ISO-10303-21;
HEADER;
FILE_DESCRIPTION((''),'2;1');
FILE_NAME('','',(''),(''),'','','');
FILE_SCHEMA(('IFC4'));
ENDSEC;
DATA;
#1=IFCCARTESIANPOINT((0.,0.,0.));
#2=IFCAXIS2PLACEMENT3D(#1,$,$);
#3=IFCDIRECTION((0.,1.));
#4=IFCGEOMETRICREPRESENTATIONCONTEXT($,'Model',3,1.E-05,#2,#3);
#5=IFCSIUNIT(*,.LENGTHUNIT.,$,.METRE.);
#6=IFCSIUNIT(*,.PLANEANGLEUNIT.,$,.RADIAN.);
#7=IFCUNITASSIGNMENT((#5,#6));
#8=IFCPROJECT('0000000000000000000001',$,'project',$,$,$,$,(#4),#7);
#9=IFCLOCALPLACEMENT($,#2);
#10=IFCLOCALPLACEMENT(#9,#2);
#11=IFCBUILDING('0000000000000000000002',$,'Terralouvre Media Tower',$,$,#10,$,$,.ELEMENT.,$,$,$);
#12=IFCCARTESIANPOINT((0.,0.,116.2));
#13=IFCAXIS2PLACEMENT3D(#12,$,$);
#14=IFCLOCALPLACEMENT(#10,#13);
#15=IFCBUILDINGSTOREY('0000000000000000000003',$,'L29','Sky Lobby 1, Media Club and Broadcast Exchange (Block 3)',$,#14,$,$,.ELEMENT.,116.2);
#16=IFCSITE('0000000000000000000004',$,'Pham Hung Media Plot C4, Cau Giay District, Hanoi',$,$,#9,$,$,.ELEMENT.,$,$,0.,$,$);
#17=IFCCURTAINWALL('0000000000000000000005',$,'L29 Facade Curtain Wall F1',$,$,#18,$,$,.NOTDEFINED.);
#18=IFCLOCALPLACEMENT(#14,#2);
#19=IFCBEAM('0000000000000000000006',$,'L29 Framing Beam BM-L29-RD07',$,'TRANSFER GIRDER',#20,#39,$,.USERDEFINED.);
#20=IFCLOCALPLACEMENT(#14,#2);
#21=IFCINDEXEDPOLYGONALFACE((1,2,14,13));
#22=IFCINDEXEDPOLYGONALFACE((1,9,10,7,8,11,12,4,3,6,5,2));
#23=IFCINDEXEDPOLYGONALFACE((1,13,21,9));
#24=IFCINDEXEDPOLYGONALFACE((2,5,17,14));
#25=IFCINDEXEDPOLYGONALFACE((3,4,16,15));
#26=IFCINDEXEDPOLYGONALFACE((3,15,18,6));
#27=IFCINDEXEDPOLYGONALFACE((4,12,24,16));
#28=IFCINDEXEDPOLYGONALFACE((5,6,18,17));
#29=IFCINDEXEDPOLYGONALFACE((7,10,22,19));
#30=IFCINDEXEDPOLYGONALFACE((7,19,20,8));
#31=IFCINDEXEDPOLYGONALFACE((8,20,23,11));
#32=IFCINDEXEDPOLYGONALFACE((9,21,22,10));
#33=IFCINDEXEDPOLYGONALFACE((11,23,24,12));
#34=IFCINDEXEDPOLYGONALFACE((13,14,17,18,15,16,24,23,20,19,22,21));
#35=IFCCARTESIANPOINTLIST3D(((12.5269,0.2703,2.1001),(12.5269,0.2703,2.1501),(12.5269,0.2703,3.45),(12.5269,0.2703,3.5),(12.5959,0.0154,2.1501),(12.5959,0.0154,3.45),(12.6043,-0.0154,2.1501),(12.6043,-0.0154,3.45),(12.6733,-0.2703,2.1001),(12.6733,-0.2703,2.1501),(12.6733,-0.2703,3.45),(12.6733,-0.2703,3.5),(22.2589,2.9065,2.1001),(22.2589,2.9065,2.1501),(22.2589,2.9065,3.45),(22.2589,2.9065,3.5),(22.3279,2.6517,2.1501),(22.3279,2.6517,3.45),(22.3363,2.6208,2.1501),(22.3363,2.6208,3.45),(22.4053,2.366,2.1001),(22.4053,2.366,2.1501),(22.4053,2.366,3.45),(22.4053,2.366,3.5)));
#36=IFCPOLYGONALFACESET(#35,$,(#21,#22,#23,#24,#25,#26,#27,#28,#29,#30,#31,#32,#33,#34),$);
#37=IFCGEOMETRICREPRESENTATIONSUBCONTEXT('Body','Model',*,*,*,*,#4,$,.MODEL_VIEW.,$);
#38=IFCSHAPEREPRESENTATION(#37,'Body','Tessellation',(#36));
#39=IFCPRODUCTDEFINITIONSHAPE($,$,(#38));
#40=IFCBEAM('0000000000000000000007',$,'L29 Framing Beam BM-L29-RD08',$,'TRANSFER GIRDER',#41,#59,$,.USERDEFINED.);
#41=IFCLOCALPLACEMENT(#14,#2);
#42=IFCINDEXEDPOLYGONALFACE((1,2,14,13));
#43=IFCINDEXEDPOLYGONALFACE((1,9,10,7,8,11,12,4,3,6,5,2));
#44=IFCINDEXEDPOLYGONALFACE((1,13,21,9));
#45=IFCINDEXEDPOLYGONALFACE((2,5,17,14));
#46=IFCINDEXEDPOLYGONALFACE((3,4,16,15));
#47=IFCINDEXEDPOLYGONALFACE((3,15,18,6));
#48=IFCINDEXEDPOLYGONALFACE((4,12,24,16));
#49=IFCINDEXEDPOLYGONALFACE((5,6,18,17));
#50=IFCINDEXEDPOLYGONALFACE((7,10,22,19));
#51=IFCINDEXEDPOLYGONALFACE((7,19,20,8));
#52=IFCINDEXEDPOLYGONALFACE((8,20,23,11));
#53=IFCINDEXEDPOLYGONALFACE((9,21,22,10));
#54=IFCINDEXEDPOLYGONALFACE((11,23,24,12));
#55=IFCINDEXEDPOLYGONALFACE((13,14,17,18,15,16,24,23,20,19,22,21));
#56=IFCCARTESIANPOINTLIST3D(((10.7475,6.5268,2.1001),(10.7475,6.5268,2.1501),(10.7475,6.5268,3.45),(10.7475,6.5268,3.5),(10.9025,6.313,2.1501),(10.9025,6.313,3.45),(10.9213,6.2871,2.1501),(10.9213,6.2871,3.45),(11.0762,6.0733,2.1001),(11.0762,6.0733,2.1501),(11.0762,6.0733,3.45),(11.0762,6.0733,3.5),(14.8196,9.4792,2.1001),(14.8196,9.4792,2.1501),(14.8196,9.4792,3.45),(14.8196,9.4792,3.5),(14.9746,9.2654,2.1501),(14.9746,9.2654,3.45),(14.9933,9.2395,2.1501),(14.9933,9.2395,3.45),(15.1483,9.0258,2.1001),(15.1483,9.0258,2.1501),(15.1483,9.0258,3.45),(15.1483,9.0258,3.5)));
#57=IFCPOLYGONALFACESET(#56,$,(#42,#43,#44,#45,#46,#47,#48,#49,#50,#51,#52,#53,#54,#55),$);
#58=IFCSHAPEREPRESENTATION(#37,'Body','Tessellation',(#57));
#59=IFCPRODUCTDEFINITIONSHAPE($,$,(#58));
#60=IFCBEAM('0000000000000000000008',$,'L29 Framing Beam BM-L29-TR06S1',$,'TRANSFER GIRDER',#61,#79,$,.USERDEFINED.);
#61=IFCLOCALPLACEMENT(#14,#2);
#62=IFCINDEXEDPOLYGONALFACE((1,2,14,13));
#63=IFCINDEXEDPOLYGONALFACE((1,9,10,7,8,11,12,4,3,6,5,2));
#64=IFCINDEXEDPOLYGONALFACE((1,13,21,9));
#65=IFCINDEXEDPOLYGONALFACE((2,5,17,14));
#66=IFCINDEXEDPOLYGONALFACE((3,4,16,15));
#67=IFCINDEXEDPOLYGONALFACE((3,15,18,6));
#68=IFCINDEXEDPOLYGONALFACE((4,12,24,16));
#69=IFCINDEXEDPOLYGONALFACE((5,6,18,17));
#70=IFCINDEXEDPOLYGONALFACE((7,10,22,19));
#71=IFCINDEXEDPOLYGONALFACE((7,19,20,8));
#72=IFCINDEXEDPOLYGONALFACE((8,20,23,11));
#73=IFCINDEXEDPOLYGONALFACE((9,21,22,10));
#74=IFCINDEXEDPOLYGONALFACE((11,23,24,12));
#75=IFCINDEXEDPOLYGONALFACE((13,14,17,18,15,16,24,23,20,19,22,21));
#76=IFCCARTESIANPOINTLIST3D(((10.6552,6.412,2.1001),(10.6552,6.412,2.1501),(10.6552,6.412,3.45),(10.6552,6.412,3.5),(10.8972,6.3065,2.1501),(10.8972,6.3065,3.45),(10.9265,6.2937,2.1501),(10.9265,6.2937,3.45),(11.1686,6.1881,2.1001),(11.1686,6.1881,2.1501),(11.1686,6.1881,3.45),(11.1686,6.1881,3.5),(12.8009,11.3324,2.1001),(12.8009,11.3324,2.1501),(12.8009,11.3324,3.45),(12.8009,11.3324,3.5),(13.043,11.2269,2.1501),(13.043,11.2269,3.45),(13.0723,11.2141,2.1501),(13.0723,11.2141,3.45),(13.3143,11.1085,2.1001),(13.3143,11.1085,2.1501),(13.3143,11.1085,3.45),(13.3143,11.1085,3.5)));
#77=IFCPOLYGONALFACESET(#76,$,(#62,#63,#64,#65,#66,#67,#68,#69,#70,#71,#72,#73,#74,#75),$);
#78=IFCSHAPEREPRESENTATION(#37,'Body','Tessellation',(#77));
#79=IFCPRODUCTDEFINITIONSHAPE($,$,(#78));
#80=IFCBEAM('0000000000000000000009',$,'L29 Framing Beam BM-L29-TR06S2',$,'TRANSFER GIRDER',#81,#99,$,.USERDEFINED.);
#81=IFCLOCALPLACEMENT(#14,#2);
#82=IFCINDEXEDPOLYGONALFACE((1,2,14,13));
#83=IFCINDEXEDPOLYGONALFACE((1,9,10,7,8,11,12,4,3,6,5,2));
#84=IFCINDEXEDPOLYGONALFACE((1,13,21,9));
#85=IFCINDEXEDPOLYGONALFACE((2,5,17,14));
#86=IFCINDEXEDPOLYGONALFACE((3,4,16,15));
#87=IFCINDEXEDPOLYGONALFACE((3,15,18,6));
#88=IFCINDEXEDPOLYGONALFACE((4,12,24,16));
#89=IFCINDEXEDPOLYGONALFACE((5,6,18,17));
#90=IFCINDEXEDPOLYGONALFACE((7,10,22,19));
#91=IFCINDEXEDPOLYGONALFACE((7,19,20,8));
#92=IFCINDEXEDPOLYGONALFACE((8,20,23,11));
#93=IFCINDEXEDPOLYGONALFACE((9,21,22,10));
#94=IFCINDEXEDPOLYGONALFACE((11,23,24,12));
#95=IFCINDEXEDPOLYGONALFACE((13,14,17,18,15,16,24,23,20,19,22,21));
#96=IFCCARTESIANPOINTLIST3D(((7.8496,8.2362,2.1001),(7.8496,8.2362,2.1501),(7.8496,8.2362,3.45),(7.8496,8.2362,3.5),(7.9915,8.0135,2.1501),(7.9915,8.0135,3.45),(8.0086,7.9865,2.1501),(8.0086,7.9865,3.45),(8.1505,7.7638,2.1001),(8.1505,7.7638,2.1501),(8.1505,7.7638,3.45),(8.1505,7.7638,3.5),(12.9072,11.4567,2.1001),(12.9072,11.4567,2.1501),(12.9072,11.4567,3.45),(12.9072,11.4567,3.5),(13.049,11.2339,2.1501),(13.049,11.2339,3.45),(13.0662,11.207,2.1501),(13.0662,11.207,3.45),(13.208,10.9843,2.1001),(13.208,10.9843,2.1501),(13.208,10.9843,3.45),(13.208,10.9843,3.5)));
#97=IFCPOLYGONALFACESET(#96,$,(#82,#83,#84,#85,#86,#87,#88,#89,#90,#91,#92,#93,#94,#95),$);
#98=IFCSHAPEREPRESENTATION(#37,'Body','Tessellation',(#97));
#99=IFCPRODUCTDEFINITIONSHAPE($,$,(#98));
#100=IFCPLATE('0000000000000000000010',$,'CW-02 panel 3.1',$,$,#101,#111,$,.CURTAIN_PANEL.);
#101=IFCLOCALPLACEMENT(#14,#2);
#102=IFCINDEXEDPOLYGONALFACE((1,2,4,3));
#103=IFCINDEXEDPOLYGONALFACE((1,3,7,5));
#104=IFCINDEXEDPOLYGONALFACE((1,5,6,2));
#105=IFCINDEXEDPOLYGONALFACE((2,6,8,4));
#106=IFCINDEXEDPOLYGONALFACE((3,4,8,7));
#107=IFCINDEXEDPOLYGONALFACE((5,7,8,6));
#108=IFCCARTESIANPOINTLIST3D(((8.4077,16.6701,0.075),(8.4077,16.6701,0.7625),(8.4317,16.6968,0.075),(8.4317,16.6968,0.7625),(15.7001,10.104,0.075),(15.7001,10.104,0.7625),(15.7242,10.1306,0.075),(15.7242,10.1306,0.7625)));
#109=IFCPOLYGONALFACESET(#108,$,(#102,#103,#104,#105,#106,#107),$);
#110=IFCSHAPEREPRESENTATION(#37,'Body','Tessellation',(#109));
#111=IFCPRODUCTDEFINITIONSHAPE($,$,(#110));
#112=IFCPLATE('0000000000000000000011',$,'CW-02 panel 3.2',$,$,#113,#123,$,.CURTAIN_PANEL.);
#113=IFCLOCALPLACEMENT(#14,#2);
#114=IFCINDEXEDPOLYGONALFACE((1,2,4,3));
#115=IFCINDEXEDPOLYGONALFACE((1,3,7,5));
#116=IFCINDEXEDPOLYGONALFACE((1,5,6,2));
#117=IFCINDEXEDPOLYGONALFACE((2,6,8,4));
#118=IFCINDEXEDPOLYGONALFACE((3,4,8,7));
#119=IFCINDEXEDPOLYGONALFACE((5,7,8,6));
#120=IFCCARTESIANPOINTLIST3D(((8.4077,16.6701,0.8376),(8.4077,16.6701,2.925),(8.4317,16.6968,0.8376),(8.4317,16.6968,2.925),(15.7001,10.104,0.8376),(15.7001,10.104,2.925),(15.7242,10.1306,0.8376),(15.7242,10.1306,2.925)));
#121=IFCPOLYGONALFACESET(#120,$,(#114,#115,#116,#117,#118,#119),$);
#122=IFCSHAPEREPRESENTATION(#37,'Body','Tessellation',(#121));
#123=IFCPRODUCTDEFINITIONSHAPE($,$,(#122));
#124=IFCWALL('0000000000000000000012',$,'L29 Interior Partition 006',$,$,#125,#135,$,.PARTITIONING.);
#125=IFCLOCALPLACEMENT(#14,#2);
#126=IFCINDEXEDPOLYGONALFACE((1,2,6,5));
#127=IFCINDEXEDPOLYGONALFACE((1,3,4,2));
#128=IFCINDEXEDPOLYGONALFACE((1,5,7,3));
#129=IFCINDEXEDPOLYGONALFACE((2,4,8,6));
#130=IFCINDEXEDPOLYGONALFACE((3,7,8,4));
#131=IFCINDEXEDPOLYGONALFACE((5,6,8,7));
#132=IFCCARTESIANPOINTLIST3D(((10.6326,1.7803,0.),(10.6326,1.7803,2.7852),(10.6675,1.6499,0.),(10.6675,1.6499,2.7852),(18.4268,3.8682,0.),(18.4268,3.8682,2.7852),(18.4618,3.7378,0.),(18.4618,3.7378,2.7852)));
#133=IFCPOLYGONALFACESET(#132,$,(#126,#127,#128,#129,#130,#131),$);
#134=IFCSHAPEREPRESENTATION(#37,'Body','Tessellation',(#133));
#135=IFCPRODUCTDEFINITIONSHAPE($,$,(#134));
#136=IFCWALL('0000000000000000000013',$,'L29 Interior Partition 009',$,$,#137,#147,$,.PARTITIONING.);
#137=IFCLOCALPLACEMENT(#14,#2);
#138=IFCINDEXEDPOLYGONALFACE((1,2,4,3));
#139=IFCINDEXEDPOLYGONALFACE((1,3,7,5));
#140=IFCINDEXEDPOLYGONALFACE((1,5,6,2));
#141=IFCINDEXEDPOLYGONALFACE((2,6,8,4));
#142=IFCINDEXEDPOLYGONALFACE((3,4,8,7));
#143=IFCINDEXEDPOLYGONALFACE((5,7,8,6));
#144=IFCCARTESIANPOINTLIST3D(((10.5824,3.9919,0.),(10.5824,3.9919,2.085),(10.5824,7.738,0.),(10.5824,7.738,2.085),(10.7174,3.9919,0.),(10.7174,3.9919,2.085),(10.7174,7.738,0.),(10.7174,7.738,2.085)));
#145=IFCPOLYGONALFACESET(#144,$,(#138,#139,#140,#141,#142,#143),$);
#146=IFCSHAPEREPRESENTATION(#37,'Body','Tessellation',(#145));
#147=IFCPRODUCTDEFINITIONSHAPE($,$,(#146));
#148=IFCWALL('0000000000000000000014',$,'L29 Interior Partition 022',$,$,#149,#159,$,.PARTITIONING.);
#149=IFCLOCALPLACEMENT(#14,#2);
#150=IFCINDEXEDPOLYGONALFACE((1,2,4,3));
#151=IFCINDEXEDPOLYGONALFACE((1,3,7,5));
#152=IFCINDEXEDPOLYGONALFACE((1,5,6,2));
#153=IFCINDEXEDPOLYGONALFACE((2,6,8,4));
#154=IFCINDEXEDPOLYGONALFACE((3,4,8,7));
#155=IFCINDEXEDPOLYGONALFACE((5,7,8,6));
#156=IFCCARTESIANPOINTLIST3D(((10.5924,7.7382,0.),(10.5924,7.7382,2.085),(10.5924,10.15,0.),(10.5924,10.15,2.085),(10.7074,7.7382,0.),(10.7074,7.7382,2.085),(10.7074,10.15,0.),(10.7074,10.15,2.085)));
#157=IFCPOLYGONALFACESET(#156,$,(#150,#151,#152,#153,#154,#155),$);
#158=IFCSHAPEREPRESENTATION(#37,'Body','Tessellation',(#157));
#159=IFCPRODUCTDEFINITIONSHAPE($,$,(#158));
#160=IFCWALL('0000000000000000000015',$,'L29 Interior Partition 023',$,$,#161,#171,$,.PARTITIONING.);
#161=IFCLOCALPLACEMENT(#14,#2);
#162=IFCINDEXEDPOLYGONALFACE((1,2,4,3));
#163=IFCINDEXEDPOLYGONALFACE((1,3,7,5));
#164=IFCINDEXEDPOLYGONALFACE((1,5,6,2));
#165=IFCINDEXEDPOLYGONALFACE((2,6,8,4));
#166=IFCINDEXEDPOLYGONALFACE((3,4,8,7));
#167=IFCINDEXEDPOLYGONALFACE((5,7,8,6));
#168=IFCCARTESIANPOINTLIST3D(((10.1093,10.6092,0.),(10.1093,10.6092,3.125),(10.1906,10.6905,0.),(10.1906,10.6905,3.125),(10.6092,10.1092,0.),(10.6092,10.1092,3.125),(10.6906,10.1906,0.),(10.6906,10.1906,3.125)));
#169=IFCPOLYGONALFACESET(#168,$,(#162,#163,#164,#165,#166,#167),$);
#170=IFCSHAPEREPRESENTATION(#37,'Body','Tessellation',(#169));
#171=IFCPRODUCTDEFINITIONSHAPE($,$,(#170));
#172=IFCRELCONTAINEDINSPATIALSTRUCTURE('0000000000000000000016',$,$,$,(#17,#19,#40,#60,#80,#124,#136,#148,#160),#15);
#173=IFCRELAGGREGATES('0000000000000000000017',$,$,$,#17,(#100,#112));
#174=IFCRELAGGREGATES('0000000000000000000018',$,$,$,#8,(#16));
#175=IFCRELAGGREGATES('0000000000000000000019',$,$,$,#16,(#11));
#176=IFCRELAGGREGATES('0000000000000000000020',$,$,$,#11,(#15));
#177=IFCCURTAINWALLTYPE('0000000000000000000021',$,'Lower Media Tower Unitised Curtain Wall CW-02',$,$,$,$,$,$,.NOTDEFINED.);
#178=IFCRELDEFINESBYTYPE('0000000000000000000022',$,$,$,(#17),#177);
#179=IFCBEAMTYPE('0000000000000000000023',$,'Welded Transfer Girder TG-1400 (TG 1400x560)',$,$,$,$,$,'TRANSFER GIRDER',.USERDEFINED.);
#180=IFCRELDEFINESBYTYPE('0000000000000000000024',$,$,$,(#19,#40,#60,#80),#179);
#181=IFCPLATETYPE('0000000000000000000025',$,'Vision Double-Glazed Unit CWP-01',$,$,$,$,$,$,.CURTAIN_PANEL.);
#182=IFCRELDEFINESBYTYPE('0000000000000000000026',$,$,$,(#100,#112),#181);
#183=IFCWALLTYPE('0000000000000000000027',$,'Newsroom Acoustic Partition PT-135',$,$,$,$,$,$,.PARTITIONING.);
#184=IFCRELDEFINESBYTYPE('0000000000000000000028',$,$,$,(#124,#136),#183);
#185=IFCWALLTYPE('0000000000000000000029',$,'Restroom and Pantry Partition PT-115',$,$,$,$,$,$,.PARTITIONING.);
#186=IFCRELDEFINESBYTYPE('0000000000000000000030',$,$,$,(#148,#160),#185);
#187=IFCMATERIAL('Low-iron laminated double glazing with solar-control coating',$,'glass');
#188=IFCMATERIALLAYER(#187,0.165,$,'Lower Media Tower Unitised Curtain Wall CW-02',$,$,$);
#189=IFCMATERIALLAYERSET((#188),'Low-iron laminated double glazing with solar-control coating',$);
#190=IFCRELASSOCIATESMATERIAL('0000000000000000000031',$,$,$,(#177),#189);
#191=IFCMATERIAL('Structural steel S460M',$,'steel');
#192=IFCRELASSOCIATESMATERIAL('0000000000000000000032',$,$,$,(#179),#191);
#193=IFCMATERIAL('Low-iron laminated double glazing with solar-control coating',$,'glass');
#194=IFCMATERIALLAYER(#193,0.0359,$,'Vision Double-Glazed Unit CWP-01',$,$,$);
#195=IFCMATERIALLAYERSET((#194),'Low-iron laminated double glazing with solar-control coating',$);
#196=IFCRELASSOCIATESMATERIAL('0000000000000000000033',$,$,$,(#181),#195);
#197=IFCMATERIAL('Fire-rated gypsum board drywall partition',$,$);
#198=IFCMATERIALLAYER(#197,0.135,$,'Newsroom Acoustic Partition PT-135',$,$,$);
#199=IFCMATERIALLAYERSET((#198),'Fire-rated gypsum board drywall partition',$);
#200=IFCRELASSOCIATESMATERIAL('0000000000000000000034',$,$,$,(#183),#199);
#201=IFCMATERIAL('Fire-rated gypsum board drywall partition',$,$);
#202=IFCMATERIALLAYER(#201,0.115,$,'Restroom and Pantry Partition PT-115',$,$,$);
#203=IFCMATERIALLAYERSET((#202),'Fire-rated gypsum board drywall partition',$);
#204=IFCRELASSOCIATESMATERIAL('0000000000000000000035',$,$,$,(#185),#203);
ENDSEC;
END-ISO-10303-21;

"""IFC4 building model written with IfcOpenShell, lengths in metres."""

from ifc_helpers import new_model, si_unit, direction, frame, frame_2d, origin, origin_2d, place, context, subcontext, project, spatial, rectangle, i_section, extrude, material, layer, layer_set, material_profile, profile_set, type_object, element, aggregate, save


model = new_model("IFC4")

# Units and contexts
model_context = context("Model", 3, precision=1e-05, world=origin(), true_north=direction((0.0, 1.0)))
body_context = subcontext(model_context, "Body", "Model", "MODEL_VIEW")
ifc_project = project(units=[si_unit("LENGTHUNIT", "METRE"), si_unit("PLANEANGLEUNIT", "RADIAN")], contexts=[model_context])

# Site, building, storey
site_placement = place(None, origin())
site = spatial("IfcSite", under=ifc_project, at=site_placement, Name="Pham Hung Media Plot C4, Cau Giay District, Hanoi", CompositionType="ELEMENT", RefElevation=0.0)
building_placement = place(site_placement, origin())
building = spatial("IfcBuilding", under=site, at=building_placement, Name="Terralouvre Media Tower", CompositionType="ELEMENT")
storey_placement = place(building_placement, frame((0.0, 0.0, 116.2)))
storey = spatial("IfcBuildingStorey", under=building, at=storey_placement, Name="L29", Description="Sky Lobby 1, Media Club and Broadcast Exchange (Block 3)", CompositionType="ELEMENT", Elevation=116.2)

# Curtain wall
ifc_material_1 = material(Name="Low-iron laminated double glazing with solar-control coating", Category="glass")
ifc_layer_1 = layer(ifc_material_1, 0.165, Name="Lower Media Tower Unitised Curtain Wall CW-02")
ifc_layer_set_1 = layer_set([ifc_layer_1], Name="Low-iron laminated double glazing with solar-control coating")
curtain_wall_type = type_object("IfcCurtainWallType", Name="Lower Media Tower Unitised Curtain Wall CW-02", PredefinedType="NOTDEFINED", material=ifc_layer_set_1)
curtain_wall_placement = place(storey_placement, origin())
curtain_wall = element("IfcCurtainWall", 1, at=curtain_wall_placement, inside=storey, type_object=curtain_wall_type, Name="L29 Facade Curtain Wall F1", PredefinedType="NOTDEFINED")

# Beams
ifc_material_2 = material(Name="Structural steel S460M", Category="steel")
ifc_material_profile_1 = material_profile(ifc_material_2, i_section(OverallWidth=0.5601, OverallDepth=1.3999, WebThickness=0.032, FlangeThickness=0.05, at=origin_2d()), Name="TG 1400x560")
ifc_profile_set_1 = profile_set([ifc_material_profile_1], Name="Structural steel S460M")
beam_type_1 = type_object("IfcBeamType", Name="Welded Transfer Girder TG-1400 (TG 1400x560)", ElementType="TRANSFER GIRDER", PredefinedType="USERDEFINED", material=ifc_profile_set_1)
beam_1_placement = place(storey_placement, frame((12.6001, 0.0, 2.8), z_axis=(0.965214, 0.261462, 0.0), x_axis=(-0.261462, 0.965214, 0.0)))
element("IfcBeam", 2, at=beam_1_placement, inside=storey, type_object=beam_type_1, Name="L29 Framing Beam BM-L29-RD07", ObjectType="TRANSFER GIRDER", PredefinedType="USERDEFINED", context=body_context, shape_type="SweptSolid", body=[
    extrude(i_section(OverallWidth=0.5601, OverallDepth=1.3999, WebThickness=0.032, FlangeThickness=0.05, at=origin_2d()), origin(), (0.0, 0.0, 1.0), 10.0828),
])
beam_2_placement = place(storey_placement, frame((10.9119, 6.3, 2.8), z_axis=(0.809594, 0.586991, 0.0), x_axis=(-0.586991, 0.809594, 0.0)))
element("IfcBeam", 3, at=beam_2_placement, inside=storey, type_object=beam_type_1, Name="L29 Framing Beam BM-L29-RD08", ObjectType="TRANSFER GIRDER", PredefinedType="USERDEFINED", context=body_context, shape_type="SweptSolid", body=[
    extrude(i_section(OverallWidth=0.5601, OverallDepth=1.3999, WebThickness=0.032, FlangeThickness=0.05, at=origin_2d()), origin(), (0.0, 0.0, 1.0), 5.0298),
])
beam_3_placement = place(storey_placement, frame((13.0576, 11.2205, 2.8), z_axis=(-0.399735, -0.916631, 0.0), x_axis=(0.916631, -0.399735, 0.0)))
element("IfcBeam", 4, at=beam_3_placement, inside=storey, type_object=beam_type_1, Name="L29 Framing Beam BM-L29-TR06S1", ObjectType="TRANSFER GIRDER", PredefinedType="USERDEFINED", context=body_context, shape_type="SweptSolid", body=[
    extrude(i_section(OverallWidth=0.5601, OverallDepth=1.3999, WebThickness=0.032, FlangeThickness=0.05, at=origin_2d()), origin(), (0.0, 0.0, 1.0), 5.3679),
])
beam_4_placement = place(storey_placement, frame((13.0576, 11.2205, 2.8), z_axis=(-0.843512, -0.53711, 0.0), x_axis=(0.53711, -0.843512, 0.0)))
element("IfcBeam", 5, at=beam_4_placement, inside=storey, type_object=beam_type_1, Name="L29 Framing Beam BM-L29-TR06S2", ObjectType="TRANSFER GIRDER", PredefinedType="USERDEFINED", context=body_context, shape_type="SweptSolid", body=[
    extrude(i_section(OverallWidth=0.5601, OverallDepth=1.3999, WebThickness=0.032, FlangeThickness=0.05, at=origin_2d()), origin(), (0.0, 0.0, 1.0), 5.9958),
])

# Plates
ifc_material_3 = material(Name="Low-iron laminated double glazing with solar-control coating", Category="glass")
ifc_layer_2 = layer(ifc_material_3, 0.0359, Name="Vision Double-Glazed Unit CWP-01")
ifc_layer_set_2 = layer_set([ifc_layer_2], Name="Low-iron laminated double glazing with solar-control coating")
plate_type = type_object("IfcPlateType", Name="Vision Double-Glazed Unit CWP-01", PredefinedType="CURTAIN_PANEL", material=ifc_layer_set_2)
plate_1_placement = place(storey_placement, frame((12.0659, 13.4004, 0.075), z_axis=(0.0, 0.0, 1.0), x_axis=(-0.743145, 0.669131, 0.0)))
plate_1 = element("IfcPlate", 6, at=plate_1_placement, type_object=plate_type, Name="CW-02 panel 3.1", PredefinedType="CURTAIN_PANEL", context=body_context, shape_type="SweptSolid", body=[
    extrude(rectangle(XDim=9.813, YDim=0.0359, at=origin_2d()), origin(), (0.0, 0.0, 1.0), 0.6875),
])
plate_2_placement = place(storey_placement, frame((12.0659, 13.4004, 0.8376), z_axis=(0.0, 0.0, 1.0), x_axis=(-0.743145, 0.669131, 0.0)))
plate_2 = element("IfcPlate", 7, at=plate_2_placement, type_object=plate_type, Name="CW-02 panel 3.2", PredefinedType="CURTAIN_PANEL", context=body_context, shape_type="SweptSolid", body=[
    extrude(rectangle(XDim=9.813, YDim=0.0359, at=origin_2d()), origin(), (0.0, 0.0, 1.0), 2.0874),
])
aggregate(curtain_wall, [plate_1, plate_2])

# Walls
ifc_material_4 = material(Name="Fire-rated gypsum board drywall partition")
ifc_layer_3 = layer(ifc_material_4, 0.135, Name="Newsroom Acoustic Partition PT-135")
ifc_layer_set_3 = layer_set([ifc_layer_3], Name="Fire-rated gypsum board drywall partition")
wall_type_1 = type_object("IfcWallType", Name="Newsroom Acoustic Partition PT-135", PredefinedType="PARTITIONING", material=ifc_layer_set_3)
wall_1_placement = place(storey_placement, frame((10.6499, 1.7151, 0.0), z_axis=(0.0, 0.0, 1.0), x_axis=(0.965943, 0.258755, 0.0)))
element("IfcWall", 8, at=wall_1_placement, inside=storey, type_object=wall_type_1, Name="L29 Interior Partition 006", PredefinedType="PARTITIONING", context=body_context, shape_type="SweptSolid", body=[
    extrude(rectangle(XDim=8.0691, YDim=0.135, at=frame_2d((4.0347, 0.0))), origin(), (0.0, 0.0, 1.0), 2.7852),
])
wall_2_placement = place(storey_placement, frame((10.6499, 3.9919, 0.0), z_axis=(0.0, 0.0, 1.0), x_axis=(0.0, 1.0, 0.0)))
element("IfcWall", 9, at=wall_2_placement, inside=storey, type_object=wall_type_1, Name="L29 Interior Partition 009", PredefinedType="PARTITIONING", context=body_context, shape_type="SweptSolid", body=[
    extrude(rectangle(XDim=3.7461, YDim=0.135, at=frame_2d((1.873, 0.0))), origin(), (0.0, 0.0, 1.0), 2.085),
])
ifc_material_5 = material(Name="Fire-rated gypsum board drywall partition")
ifc_layer_4 = layer(ifc_material_5, 0.115, Name="Restroom and Pantry Partition PT-115")
ifc_layer_set_4 = layer_set([ifc_layer_4], Name="Fire-rated gypsum board drywall partition")
wall_type_2 = type_object("IfcWallType", Name="Restroom and Pantry Partition PT-115", PredefinedType="PARTITIONING", material=ifc_layer_set_4)
wall_3_placement = place(storey_placement, frame((10.6499, 7.738, 0.0), z_axis=(0.0, 0.0, 1.0), x_axis=(0.0, 1.0, 0.0)))
element("IfcWall", 10, at=wall_3_placement, inside=storey, type_object=wall_type_2, Name="L29 Interior Partition 022", PredefinedType="PARTITIONING", context=body_context, shape_type="SweptSolid", body=[
    extrude(rectangle(XDim=2.4119, YDim=0.115, at=frame_2d((1.2061, 0.0))), origin(), (0.0, 0.0, 1.0), 2.085),
])
wall_4_placement = place(storey_placement, frame((10.6499, 10.1499, 0.0), z_axis=(0.0, 0.0, 1.0), x_axis=(-0.707107, 0.707107, 0.0)))
element("IfcWall", 11, at=wall_4_placement, inside=storey, type_object=wall_type_2, Name="L29 Interior Partition 023", PredefinedType="PARTITIONING", context=body_context, shape_type="SweptSolid", body=[
    extrude(rectangle(XDim=0.707, YDim=0.115, at=frame_2d((0.3535, 0.0))), origin(), (0.0, 0.0, 1.0), 3.125),
])

save(model, "model.ifc")
